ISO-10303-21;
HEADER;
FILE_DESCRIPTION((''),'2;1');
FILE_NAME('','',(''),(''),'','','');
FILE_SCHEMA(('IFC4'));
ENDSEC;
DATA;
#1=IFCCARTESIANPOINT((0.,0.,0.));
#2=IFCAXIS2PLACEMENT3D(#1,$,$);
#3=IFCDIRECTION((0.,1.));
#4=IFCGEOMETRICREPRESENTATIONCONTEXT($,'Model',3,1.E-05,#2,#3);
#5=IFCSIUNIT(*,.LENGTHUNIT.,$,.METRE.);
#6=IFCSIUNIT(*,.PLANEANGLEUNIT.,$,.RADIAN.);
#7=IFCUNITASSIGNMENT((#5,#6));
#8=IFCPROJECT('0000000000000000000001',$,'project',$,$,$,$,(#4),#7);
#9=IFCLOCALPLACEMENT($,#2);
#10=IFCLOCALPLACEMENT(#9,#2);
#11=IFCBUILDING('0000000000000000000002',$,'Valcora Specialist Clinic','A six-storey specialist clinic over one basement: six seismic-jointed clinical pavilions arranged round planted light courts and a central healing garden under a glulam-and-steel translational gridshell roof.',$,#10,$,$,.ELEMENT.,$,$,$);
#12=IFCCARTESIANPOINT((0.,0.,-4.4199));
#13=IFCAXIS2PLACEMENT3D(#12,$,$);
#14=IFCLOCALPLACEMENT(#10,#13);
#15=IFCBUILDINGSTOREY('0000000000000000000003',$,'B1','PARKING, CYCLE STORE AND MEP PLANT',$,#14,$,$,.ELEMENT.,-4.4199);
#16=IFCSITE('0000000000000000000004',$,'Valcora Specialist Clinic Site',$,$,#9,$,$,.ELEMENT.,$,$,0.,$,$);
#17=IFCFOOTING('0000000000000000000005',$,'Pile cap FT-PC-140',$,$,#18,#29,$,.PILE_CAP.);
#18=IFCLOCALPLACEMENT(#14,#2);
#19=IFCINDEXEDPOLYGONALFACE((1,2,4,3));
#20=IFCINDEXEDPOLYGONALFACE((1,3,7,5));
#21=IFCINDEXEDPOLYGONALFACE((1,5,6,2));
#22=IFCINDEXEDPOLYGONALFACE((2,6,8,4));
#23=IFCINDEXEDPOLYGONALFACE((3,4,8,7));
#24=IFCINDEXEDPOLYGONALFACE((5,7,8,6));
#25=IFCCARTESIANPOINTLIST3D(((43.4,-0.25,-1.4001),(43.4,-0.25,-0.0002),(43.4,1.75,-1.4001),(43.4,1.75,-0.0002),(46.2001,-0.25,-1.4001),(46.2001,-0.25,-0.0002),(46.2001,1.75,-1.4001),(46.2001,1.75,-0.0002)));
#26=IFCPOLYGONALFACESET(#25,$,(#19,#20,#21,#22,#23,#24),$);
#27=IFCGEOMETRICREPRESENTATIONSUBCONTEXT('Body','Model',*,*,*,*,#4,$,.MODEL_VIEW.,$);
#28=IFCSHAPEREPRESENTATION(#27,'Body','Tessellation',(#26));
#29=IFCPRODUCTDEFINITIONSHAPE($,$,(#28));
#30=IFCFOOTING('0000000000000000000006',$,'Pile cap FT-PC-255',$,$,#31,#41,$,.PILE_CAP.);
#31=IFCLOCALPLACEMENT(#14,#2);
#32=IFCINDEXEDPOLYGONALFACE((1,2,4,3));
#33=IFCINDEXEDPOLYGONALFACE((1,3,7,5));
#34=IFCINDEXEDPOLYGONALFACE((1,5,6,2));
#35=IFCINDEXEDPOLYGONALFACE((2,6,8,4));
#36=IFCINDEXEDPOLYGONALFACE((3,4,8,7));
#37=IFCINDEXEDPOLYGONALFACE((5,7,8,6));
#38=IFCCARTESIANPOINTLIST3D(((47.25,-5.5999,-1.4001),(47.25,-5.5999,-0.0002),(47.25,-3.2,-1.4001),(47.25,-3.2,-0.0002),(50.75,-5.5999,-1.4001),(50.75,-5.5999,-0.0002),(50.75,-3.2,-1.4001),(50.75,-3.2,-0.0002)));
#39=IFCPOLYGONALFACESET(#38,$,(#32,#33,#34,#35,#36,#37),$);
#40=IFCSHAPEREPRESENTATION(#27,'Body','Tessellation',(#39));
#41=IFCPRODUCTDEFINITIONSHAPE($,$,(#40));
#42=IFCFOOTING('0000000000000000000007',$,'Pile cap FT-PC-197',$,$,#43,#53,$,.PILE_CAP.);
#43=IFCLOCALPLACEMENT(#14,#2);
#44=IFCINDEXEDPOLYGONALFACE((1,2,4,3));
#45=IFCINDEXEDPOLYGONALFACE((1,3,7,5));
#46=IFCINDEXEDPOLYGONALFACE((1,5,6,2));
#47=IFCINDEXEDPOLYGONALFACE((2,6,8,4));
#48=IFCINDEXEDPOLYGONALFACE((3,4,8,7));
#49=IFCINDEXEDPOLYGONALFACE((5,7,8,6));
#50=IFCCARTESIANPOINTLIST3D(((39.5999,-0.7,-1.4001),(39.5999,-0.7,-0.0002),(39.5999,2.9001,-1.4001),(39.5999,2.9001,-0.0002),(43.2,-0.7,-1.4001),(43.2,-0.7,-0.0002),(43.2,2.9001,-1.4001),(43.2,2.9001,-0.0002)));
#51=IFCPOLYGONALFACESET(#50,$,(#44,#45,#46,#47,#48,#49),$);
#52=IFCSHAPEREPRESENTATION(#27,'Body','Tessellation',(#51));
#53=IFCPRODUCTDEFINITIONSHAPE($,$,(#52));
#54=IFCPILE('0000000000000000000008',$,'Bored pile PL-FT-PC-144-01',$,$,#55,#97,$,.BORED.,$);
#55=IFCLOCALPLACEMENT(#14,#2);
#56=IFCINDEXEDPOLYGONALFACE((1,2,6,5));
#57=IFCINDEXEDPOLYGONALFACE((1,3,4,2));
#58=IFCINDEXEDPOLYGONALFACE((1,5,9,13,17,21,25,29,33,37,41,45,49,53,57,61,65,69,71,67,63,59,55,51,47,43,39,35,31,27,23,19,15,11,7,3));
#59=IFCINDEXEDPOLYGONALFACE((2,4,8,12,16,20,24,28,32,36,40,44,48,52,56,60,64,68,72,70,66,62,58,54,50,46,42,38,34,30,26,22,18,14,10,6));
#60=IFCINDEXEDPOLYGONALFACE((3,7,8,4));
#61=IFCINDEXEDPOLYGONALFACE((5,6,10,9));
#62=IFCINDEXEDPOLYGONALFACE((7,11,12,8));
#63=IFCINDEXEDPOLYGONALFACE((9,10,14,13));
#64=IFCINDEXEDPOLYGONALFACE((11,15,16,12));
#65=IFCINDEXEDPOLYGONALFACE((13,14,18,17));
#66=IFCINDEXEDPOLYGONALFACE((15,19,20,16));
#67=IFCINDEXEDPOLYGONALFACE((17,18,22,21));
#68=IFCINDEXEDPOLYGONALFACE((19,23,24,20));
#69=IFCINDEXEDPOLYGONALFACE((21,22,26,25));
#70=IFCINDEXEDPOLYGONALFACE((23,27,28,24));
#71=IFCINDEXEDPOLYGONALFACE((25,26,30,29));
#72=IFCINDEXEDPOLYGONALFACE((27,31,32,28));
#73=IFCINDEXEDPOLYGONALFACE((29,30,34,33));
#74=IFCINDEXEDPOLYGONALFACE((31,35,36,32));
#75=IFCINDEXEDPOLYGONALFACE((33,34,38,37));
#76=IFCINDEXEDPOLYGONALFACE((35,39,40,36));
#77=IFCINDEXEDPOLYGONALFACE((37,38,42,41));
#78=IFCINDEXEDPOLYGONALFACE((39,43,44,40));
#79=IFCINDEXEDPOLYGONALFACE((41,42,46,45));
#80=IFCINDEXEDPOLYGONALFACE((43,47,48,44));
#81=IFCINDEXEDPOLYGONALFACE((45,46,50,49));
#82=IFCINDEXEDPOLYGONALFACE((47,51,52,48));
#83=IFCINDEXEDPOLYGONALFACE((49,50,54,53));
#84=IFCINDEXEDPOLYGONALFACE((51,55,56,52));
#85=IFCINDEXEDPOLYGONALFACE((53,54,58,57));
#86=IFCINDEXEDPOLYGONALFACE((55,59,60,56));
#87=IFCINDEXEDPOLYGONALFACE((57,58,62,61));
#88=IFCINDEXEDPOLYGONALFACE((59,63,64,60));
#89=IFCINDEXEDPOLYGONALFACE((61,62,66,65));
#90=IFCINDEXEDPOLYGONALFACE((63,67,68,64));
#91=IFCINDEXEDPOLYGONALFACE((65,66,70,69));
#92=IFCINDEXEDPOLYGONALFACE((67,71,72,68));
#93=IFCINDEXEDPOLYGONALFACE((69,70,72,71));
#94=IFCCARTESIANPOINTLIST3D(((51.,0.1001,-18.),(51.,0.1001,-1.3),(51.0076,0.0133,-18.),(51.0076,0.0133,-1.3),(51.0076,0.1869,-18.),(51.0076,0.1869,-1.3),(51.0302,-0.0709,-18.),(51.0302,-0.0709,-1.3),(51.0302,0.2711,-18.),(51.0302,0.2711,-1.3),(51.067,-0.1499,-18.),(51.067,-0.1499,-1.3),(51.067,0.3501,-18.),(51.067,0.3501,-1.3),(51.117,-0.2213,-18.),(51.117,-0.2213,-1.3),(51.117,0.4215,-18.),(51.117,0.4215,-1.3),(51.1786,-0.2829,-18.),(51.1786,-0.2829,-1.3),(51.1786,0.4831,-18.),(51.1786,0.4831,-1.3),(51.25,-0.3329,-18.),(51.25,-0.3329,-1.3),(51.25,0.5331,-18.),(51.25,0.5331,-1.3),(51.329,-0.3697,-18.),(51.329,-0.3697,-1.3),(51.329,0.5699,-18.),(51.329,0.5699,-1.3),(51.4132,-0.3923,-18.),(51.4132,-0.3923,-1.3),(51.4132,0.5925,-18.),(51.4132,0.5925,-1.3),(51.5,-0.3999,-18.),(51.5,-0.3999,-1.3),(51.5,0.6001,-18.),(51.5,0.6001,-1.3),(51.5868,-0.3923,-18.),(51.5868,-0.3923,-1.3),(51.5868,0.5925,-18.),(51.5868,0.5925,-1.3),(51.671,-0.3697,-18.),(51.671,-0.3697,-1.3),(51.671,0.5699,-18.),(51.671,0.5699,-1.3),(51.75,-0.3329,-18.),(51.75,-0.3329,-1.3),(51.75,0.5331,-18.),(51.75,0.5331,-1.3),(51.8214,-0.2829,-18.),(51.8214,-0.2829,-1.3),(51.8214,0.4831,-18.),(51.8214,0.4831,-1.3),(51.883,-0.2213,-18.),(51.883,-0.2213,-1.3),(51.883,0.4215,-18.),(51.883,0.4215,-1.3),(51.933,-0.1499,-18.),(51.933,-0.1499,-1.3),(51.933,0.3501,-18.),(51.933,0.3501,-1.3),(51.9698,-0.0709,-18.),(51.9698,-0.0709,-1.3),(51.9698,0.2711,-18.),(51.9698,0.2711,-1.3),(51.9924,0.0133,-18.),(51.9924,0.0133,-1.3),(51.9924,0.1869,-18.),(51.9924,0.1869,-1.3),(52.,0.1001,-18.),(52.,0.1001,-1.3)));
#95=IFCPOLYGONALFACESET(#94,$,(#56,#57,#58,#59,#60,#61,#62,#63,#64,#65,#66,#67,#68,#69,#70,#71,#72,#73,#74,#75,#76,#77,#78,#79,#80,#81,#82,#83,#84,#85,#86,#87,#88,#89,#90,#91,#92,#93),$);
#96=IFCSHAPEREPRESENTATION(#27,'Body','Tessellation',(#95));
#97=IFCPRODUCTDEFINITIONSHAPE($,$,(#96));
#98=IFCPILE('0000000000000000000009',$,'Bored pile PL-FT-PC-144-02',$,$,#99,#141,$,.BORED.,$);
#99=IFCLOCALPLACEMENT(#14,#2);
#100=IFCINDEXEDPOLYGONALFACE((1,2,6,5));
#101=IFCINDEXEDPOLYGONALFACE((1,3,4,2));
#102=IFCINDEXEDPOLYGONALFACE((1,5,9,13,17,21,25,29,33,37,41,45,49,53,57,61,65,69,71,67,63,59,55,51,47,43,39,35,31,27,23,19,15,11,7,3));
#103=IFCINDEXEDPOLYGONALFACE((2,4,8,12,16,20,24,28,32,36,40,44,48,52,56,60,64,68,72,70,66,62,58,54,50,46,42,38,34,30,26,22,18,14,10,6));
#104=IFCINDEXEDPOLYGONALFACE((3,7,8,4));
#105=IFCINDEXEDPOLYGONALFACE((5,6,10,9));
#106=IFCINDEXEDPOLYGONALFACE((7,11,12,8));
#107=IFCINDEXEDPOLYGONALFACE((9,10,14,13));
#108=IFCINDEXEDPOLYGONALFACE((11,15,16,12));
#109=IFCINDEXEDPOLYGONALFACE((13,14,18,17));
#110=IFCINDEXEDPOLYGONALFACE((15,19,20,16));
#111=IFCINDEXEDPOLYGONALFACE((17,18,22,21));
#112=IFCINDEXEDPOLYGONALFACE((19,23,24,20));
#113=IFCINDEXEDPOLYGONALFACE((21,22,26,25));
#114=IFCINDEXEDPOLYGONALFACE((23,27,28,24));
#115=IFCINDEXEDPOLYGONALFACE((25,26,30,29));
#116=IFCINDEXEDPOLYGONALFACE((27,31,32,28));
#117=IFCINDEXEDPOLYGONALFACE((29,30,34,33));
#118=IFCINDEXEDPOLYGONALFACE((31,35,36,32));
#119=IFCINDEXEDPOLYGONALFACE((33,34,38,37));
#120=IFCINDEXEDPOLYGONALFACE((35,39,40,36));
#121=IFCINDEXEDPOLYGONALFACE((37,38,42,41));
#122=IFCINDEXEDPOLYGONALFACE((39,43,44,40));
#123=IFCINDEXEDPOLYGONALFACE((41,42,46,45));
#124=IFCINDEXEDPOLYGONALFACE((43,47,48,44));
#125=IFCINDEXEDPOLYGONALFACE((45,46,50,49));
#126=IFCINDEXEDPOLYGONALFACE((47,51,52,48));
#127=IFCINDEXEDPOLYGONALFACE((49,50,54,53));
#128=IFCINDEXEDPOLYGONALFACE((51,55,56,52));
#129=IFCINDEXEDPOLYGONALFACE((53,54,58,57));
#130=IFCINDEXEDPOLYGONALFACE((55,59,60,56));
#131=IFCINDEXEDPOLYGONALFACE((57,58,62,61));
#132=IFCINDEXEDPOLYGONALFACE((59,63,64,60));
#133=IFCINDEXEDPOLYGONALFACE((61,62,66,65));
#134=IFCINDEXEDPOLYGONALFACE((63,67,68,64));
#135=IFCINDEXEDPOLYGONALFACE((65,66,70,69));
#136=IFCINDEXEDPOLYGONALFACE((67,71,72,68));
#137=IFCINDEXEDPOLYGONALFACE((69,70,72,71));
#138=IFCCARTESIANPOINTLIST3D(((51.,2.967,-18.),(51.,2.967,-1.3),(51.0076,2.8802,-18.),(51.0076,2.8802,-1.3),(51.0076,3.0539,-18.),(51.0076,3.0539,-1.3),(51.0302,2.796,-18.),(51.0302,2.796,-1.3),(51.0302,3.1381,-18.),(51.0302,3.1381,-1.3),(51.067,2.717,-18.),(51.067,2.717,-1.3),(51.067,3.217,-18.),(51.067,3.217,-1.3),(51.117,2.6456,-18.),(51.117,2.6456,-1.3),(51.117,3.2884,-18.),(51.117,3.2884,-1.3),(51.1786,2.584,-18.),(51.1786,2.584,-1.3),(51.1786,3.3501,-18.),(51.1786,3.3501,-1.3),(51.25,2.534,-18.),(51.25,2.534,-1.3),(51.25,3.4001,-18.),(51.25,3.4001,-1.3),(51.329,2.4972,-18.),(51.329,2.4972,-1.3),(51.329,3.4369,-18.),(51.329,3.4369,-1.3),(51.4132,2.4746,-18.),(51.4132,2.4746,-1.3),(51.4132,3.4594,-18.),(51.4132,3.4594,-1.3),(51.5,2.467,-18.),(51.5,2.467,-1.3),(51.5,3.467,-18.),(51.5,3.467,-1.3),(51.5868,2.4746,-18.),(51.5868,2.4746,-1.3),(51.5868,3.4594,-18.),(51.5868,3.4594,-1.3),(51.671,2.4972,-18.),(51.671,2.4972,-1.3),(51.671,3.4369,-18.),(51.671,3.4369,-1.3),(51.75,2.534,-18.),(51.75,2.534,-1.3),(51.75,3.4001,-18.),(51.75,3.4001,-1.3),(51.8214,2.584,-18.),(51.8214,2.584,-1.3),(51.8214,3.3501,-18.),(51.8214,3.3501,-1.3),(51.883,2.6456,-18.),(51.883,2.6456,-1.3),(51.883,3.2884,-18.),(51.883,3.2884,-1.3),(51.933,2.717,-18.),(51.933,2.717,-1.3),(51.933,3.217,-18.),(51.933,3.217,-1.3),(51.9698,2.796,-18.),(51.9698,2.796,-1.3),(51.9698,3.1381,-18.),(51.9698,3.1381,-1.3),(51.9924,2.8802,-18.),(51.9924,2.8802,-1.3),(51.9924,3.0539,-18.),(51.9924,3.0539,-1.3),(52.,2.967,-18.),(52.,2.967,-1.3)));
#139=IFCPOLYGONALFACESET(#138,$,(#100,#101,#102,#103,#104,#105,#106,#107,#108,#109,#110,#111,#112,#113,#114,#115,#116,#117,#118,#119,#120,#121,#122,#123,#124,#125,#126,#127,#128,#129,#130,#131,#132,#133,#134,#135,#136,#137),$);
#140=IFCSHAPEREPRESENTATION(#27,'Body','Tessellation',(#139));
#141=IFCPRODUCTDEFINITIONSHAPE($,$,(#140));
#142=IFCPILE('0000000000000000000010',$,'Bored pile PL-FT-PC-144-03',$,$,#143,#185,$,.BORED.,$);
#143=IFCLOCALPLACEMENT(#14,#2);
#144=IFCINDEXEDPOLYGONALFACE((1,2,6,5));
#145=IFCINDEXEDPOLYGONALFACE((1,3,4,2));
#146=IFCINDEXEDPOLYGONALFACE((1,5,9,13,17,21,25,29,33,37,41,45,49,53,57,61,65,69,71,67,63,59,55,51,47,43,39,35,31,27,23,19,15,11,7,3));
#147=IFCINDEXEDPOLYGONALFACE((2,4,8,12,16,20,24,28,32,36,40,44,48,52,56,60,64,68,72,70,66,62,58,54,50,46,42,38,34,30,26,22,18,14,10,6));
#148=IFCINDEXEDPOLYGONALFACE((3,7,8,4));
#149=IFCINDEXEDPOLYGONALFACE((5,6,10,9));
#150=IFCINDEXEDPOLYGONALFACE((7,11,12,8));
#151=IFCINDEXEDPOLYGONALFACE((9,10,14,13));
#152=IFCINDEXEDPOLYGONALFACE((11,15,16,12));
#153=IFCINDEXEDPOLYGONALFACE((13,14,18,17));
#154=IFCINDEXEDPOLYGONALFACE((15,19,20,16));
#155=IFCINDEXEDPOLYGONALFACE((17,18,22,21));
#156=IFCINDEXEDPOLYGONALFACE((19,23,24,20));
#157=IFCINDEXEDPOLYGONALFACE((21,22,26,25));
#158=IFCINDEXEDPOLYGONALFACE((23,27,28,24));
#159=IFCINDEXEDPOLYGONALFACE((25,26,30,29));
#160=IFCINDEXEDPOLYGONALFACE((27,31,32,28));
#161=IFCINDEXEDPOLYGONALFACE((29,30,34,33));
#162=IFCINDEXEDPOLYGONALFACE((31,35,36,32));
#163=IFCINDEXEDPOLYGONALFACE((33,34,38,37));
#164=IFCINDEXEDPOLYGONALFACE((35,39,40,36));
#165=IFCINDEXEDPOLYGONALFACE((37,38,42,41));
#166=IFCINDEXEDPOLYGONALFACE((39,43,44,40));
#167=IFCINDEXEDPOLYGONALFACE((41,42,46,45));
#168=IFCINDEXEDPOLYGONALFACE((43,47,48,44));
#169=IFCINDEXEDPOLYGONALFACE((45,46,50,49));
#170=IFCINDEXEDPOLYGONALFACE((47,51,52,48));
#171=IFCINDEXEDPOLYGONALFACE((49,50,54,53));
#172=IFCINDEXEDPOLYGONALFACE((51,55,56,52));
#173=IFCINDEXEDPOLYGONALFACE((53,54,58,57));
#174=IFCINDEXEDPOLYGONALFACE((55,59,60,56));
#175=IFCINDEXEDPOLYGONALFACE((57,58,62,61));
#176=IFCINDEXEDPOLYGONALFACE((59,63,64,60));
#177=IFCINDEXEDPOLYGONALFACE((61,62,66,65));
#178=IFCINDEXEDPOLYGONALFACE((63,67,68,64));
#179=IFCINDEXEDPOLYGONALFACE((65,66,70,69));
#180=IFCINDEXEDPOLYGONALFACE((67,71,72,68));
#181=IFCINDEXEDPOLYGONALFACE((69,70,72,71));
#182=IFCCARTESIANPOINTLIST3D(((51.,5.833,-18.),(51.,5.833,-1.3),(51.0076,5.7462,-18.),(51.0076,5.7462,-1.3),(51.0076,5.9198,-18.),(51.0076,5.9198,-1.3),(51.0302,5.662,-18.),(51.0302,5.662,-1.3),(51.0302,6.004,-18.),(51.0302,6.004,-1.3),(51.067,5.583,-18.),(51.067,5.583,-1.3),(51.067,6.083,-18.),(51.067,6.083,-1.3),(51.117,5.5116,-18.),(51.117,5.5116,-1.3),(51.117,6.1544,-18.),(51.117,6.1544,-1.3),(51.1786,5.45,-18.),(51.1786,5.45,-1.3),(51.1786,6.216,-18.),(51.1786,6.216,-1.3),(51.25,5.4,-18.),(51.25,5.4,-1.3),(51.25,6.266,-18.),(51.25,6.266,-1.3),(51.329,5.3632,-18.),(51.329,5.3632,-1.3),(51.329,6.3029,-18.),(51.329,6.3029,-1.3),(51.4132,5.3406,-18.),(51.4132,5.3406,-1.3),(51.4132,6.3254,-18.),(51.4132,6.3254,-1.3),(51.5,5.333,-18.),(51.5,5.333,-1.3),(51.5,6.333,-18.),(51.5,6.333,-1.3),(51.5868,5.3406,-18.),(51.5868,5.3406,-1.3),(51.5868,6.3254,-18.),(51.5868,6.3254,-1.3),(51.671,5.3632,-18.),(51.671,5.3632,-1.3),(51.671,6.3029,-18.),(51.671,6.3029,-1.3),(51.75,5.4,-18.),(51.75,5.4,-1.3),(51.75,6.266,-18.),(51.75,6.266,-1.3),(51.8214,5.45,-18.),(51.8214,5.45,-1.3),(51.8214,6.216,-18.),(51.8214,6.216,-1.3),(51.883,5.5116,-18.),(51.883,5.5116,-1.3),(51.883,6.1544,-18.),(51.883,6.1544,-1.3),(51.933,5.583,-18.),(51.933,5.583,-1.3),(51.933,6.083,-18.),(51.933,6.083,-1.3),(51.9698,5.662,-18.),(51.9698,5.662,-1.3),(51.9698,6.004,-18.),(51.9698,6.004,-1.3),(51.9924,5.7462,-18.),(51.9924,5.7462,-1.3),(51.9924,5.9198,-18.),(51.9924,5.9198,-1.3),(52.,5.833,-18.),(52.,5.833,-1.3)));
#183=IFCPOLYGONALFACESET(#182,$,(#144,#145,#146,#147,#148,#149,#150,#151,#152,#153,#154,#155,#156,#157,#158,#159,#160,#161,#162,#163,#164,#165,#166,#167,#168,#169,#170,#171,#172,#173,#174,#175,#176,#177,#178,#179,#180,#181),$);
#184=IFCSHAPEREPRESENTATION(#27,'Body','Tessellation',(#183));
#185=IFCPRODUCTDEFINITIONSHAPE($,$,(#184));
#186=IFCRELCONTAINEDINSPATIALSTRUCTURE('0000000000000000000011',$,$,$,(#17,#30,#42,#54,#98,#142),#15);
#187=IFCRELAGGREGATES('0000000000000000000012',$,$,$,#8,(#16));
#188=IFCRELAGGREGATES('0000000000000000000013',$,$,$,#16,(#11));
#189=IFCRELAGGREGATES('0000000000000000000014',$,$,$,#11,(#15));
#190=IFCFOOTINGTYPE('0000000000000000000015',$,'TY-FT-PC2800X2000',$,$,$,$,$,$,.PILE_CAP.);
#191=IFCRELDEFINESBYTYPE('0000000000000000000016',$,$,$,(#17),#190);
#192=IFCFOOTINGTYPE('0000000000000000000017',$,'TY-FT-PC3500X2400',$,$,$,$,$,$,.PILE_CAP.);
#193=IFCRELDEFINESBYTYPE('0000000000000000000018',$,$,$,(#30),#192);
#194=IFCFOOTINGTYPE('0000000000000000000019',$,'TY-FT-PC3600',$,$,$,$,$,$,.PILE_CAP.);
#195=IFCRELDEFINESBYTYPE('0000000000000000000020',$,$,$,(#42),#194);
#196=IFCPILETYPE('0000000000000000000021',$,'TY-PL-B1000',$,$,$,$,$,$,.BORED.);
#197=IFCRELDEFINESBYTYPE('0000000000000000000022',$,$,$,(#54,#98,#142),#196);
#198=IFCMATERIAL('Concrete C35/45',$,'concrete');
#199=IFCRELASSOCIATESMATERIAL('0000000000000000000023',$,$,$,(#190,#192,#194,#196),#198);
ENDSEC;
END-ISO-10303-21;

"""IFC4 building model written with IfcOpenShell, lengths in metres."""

from ifc_helpers import new_model, si_unit, direction, frame, origin, origin_2d, place, context, subcontext, project, spatial, rectangle, circle, extrude, material, material_profile, profile_set, type_object, element, save


model = new_model("IFC4")

# Units and contexts
model_context = context("Model", 3, precision=1e-05, world=origin(), true_north=direction((0.0, 1.0)))
body_context = subcontext(model_context, "Body", "Model", "MODEL_VIEW")
ifc_project = project(units=[si_unit("LENGTHUNIT", "METRE"), si_unit("PLANEANGLEUNIT", "RADIAN")], contexts=[model_context])

# Site, building, storey
site_placement = place(None, origin())
site = spatial("IfcSite", under=ifc_project, at=site_placement, Name="Valcora Specialist Clinic Site", CompositionType="ELEMENT", RefElevation=0.0)
building_placement = place(site_placement, origin())
building = spatial("IfcBuilding", under=site, at=building_placement, Name="Valcora Specialist Clinic", Description="A six-storey specialist clinic over one basement: six seismic-jointed clinical pavilions arranged round planted light courts and a central healing garden under a glulam-and-steel translational gridshell roof.", CompositionType="ELEMENT")
storey_placement = place(building_placement, frame((0.0, 0.0, -4.4199)))
storey = spatial("IfcBuildingStorey", under=building, at=storey_placement, Name="B1", Description="PARKING, CYCLE STORE AND MEP PLANT", CompositionType="ELEMENT", Elevation=-4.4199)

# Footings
ifc_material_1 = material(Name="Concrete C35/45", Category="concrete")
footing_type_1 = type_object("IfcFootingType", Name="TY-FT-PC2800X2000", PredefinedType="PILE_CAP", material=ifc_material_1)
footing_1_placement = place(storey_placement, frame((44.8, 0.75, -1.4001), z_axis=(0.0, 0.0, 1.0), x_axis=(1.0, 0.0, 0.0)))
element("IfcFooting", 1, at=footing_1_placement, inside=storey, type_object=footing_type_1, Name="Pile cap FT-PC-140", PredefinedType="PILE_CAP", context=body_context, shape_type="SweptSolid", body=[
    extrude(rectangle(XDim=2.8, YDim=2.0, at=origin_2d()), origin(), (0.0, 0.0, 1.0), 1.3999),
])
footing_type_2 = type_object("IfcFootingType", Name="TY-FT-PC3500X2400", PredefinedType="PILE_CAP", material=ifc_material_1)
footing_2_placement = place(storey_placement, frame((49.0, -4.3999, -1.4001), z_axis=(0.0, 0.0, 1.0), x_axis=(1.0, 0.0, 0.0)))
element("IfcFooting", 2, at=footing_2_placement, inside=storey, type_object=footing_type_2, Name="Pile cap FT-PC-255", PredefinedType="PILE_CAP", context=body_context, shape_type="SweptSolid", body=[
    extrude(rectangle(XDim=3.5, YDim=2.3999, at=origin_2d()), origin(), (0.0, 0.0, 1.0), 1.3999),
])
footing_type_3 = type_object("IfcFootingType", Name="TY-FT-PC3600", PredefinedType="PILE_CAP", material=ifc_material_1)
footing_3_placement = place(storey_placement, frame((41.3999, 1.1001, -1.4001), z_axis=(0.0, 0.0, 1.0), x_axis=(1.0, 0.0, 0.0)))
element("IfcFooting", 3, at=footing_3_placement, inside=storey, type_object=footing_type_3, Name="Pile cap FT-PC-197", PredefinedType="PILE_CAP", context=body_context, shape_type="SweptSolid", body=[
    extrude(rectangle(XDim=3.6001, YDim=3.6001, at=origin_2d()), origin(), (0.0, 0.0, 1.0), 1.3999),
])

# Piles
ifc_material_profile_1 = material_profile(ifc_material_1, circle(Radius=0.5, at=origin_2d()), Name="RC-PIL-D1000")
ifc_profile_set_1 = profile_set([ifc_material_profile_1], Name="Concrete C35/45")
pile_type_1 = type_object("IfcPileType", Name="TY-PL-B1000", PredefinedType="BORED", material=ifc_profile_set_1)
for number, where, z_axis, x_axis, name in (
    (4, (51.5, 0.1001, -1.3), (0.0, 0.0, -1.0), (1.0, 0.0, 0.0), "Bored pile PL-FT-PC-144-01"),
    (5, (51.5, 2.967, -1.3), (0.0, 0.0, -1.0), (1.0, 0.0, 0.0), "Bored pile PL-FT-PC-144-02"),
    (6, (51.5, 5.833, -1.3), (0.0, 0.0, -1.0), (1.0, 0.0, 0.0), "Bored pile PL-FT-PC-144-03"),
):
    element("IfcPile", number, at=place(storey_placement, frame(where, z_axis=z_axis, x_axis=x_axis)), inside=storey, type_object=pile_type_1, Name=name, PredefinedType="BORED", context=body_context, shape_type="SweptSolid", body=[
        extrude(circle(Radius=0.5, at=origin_2d()), origin(), (0.0, 0.0, 1.0), 16.7),
    ])

save(model, "model.ifc")
